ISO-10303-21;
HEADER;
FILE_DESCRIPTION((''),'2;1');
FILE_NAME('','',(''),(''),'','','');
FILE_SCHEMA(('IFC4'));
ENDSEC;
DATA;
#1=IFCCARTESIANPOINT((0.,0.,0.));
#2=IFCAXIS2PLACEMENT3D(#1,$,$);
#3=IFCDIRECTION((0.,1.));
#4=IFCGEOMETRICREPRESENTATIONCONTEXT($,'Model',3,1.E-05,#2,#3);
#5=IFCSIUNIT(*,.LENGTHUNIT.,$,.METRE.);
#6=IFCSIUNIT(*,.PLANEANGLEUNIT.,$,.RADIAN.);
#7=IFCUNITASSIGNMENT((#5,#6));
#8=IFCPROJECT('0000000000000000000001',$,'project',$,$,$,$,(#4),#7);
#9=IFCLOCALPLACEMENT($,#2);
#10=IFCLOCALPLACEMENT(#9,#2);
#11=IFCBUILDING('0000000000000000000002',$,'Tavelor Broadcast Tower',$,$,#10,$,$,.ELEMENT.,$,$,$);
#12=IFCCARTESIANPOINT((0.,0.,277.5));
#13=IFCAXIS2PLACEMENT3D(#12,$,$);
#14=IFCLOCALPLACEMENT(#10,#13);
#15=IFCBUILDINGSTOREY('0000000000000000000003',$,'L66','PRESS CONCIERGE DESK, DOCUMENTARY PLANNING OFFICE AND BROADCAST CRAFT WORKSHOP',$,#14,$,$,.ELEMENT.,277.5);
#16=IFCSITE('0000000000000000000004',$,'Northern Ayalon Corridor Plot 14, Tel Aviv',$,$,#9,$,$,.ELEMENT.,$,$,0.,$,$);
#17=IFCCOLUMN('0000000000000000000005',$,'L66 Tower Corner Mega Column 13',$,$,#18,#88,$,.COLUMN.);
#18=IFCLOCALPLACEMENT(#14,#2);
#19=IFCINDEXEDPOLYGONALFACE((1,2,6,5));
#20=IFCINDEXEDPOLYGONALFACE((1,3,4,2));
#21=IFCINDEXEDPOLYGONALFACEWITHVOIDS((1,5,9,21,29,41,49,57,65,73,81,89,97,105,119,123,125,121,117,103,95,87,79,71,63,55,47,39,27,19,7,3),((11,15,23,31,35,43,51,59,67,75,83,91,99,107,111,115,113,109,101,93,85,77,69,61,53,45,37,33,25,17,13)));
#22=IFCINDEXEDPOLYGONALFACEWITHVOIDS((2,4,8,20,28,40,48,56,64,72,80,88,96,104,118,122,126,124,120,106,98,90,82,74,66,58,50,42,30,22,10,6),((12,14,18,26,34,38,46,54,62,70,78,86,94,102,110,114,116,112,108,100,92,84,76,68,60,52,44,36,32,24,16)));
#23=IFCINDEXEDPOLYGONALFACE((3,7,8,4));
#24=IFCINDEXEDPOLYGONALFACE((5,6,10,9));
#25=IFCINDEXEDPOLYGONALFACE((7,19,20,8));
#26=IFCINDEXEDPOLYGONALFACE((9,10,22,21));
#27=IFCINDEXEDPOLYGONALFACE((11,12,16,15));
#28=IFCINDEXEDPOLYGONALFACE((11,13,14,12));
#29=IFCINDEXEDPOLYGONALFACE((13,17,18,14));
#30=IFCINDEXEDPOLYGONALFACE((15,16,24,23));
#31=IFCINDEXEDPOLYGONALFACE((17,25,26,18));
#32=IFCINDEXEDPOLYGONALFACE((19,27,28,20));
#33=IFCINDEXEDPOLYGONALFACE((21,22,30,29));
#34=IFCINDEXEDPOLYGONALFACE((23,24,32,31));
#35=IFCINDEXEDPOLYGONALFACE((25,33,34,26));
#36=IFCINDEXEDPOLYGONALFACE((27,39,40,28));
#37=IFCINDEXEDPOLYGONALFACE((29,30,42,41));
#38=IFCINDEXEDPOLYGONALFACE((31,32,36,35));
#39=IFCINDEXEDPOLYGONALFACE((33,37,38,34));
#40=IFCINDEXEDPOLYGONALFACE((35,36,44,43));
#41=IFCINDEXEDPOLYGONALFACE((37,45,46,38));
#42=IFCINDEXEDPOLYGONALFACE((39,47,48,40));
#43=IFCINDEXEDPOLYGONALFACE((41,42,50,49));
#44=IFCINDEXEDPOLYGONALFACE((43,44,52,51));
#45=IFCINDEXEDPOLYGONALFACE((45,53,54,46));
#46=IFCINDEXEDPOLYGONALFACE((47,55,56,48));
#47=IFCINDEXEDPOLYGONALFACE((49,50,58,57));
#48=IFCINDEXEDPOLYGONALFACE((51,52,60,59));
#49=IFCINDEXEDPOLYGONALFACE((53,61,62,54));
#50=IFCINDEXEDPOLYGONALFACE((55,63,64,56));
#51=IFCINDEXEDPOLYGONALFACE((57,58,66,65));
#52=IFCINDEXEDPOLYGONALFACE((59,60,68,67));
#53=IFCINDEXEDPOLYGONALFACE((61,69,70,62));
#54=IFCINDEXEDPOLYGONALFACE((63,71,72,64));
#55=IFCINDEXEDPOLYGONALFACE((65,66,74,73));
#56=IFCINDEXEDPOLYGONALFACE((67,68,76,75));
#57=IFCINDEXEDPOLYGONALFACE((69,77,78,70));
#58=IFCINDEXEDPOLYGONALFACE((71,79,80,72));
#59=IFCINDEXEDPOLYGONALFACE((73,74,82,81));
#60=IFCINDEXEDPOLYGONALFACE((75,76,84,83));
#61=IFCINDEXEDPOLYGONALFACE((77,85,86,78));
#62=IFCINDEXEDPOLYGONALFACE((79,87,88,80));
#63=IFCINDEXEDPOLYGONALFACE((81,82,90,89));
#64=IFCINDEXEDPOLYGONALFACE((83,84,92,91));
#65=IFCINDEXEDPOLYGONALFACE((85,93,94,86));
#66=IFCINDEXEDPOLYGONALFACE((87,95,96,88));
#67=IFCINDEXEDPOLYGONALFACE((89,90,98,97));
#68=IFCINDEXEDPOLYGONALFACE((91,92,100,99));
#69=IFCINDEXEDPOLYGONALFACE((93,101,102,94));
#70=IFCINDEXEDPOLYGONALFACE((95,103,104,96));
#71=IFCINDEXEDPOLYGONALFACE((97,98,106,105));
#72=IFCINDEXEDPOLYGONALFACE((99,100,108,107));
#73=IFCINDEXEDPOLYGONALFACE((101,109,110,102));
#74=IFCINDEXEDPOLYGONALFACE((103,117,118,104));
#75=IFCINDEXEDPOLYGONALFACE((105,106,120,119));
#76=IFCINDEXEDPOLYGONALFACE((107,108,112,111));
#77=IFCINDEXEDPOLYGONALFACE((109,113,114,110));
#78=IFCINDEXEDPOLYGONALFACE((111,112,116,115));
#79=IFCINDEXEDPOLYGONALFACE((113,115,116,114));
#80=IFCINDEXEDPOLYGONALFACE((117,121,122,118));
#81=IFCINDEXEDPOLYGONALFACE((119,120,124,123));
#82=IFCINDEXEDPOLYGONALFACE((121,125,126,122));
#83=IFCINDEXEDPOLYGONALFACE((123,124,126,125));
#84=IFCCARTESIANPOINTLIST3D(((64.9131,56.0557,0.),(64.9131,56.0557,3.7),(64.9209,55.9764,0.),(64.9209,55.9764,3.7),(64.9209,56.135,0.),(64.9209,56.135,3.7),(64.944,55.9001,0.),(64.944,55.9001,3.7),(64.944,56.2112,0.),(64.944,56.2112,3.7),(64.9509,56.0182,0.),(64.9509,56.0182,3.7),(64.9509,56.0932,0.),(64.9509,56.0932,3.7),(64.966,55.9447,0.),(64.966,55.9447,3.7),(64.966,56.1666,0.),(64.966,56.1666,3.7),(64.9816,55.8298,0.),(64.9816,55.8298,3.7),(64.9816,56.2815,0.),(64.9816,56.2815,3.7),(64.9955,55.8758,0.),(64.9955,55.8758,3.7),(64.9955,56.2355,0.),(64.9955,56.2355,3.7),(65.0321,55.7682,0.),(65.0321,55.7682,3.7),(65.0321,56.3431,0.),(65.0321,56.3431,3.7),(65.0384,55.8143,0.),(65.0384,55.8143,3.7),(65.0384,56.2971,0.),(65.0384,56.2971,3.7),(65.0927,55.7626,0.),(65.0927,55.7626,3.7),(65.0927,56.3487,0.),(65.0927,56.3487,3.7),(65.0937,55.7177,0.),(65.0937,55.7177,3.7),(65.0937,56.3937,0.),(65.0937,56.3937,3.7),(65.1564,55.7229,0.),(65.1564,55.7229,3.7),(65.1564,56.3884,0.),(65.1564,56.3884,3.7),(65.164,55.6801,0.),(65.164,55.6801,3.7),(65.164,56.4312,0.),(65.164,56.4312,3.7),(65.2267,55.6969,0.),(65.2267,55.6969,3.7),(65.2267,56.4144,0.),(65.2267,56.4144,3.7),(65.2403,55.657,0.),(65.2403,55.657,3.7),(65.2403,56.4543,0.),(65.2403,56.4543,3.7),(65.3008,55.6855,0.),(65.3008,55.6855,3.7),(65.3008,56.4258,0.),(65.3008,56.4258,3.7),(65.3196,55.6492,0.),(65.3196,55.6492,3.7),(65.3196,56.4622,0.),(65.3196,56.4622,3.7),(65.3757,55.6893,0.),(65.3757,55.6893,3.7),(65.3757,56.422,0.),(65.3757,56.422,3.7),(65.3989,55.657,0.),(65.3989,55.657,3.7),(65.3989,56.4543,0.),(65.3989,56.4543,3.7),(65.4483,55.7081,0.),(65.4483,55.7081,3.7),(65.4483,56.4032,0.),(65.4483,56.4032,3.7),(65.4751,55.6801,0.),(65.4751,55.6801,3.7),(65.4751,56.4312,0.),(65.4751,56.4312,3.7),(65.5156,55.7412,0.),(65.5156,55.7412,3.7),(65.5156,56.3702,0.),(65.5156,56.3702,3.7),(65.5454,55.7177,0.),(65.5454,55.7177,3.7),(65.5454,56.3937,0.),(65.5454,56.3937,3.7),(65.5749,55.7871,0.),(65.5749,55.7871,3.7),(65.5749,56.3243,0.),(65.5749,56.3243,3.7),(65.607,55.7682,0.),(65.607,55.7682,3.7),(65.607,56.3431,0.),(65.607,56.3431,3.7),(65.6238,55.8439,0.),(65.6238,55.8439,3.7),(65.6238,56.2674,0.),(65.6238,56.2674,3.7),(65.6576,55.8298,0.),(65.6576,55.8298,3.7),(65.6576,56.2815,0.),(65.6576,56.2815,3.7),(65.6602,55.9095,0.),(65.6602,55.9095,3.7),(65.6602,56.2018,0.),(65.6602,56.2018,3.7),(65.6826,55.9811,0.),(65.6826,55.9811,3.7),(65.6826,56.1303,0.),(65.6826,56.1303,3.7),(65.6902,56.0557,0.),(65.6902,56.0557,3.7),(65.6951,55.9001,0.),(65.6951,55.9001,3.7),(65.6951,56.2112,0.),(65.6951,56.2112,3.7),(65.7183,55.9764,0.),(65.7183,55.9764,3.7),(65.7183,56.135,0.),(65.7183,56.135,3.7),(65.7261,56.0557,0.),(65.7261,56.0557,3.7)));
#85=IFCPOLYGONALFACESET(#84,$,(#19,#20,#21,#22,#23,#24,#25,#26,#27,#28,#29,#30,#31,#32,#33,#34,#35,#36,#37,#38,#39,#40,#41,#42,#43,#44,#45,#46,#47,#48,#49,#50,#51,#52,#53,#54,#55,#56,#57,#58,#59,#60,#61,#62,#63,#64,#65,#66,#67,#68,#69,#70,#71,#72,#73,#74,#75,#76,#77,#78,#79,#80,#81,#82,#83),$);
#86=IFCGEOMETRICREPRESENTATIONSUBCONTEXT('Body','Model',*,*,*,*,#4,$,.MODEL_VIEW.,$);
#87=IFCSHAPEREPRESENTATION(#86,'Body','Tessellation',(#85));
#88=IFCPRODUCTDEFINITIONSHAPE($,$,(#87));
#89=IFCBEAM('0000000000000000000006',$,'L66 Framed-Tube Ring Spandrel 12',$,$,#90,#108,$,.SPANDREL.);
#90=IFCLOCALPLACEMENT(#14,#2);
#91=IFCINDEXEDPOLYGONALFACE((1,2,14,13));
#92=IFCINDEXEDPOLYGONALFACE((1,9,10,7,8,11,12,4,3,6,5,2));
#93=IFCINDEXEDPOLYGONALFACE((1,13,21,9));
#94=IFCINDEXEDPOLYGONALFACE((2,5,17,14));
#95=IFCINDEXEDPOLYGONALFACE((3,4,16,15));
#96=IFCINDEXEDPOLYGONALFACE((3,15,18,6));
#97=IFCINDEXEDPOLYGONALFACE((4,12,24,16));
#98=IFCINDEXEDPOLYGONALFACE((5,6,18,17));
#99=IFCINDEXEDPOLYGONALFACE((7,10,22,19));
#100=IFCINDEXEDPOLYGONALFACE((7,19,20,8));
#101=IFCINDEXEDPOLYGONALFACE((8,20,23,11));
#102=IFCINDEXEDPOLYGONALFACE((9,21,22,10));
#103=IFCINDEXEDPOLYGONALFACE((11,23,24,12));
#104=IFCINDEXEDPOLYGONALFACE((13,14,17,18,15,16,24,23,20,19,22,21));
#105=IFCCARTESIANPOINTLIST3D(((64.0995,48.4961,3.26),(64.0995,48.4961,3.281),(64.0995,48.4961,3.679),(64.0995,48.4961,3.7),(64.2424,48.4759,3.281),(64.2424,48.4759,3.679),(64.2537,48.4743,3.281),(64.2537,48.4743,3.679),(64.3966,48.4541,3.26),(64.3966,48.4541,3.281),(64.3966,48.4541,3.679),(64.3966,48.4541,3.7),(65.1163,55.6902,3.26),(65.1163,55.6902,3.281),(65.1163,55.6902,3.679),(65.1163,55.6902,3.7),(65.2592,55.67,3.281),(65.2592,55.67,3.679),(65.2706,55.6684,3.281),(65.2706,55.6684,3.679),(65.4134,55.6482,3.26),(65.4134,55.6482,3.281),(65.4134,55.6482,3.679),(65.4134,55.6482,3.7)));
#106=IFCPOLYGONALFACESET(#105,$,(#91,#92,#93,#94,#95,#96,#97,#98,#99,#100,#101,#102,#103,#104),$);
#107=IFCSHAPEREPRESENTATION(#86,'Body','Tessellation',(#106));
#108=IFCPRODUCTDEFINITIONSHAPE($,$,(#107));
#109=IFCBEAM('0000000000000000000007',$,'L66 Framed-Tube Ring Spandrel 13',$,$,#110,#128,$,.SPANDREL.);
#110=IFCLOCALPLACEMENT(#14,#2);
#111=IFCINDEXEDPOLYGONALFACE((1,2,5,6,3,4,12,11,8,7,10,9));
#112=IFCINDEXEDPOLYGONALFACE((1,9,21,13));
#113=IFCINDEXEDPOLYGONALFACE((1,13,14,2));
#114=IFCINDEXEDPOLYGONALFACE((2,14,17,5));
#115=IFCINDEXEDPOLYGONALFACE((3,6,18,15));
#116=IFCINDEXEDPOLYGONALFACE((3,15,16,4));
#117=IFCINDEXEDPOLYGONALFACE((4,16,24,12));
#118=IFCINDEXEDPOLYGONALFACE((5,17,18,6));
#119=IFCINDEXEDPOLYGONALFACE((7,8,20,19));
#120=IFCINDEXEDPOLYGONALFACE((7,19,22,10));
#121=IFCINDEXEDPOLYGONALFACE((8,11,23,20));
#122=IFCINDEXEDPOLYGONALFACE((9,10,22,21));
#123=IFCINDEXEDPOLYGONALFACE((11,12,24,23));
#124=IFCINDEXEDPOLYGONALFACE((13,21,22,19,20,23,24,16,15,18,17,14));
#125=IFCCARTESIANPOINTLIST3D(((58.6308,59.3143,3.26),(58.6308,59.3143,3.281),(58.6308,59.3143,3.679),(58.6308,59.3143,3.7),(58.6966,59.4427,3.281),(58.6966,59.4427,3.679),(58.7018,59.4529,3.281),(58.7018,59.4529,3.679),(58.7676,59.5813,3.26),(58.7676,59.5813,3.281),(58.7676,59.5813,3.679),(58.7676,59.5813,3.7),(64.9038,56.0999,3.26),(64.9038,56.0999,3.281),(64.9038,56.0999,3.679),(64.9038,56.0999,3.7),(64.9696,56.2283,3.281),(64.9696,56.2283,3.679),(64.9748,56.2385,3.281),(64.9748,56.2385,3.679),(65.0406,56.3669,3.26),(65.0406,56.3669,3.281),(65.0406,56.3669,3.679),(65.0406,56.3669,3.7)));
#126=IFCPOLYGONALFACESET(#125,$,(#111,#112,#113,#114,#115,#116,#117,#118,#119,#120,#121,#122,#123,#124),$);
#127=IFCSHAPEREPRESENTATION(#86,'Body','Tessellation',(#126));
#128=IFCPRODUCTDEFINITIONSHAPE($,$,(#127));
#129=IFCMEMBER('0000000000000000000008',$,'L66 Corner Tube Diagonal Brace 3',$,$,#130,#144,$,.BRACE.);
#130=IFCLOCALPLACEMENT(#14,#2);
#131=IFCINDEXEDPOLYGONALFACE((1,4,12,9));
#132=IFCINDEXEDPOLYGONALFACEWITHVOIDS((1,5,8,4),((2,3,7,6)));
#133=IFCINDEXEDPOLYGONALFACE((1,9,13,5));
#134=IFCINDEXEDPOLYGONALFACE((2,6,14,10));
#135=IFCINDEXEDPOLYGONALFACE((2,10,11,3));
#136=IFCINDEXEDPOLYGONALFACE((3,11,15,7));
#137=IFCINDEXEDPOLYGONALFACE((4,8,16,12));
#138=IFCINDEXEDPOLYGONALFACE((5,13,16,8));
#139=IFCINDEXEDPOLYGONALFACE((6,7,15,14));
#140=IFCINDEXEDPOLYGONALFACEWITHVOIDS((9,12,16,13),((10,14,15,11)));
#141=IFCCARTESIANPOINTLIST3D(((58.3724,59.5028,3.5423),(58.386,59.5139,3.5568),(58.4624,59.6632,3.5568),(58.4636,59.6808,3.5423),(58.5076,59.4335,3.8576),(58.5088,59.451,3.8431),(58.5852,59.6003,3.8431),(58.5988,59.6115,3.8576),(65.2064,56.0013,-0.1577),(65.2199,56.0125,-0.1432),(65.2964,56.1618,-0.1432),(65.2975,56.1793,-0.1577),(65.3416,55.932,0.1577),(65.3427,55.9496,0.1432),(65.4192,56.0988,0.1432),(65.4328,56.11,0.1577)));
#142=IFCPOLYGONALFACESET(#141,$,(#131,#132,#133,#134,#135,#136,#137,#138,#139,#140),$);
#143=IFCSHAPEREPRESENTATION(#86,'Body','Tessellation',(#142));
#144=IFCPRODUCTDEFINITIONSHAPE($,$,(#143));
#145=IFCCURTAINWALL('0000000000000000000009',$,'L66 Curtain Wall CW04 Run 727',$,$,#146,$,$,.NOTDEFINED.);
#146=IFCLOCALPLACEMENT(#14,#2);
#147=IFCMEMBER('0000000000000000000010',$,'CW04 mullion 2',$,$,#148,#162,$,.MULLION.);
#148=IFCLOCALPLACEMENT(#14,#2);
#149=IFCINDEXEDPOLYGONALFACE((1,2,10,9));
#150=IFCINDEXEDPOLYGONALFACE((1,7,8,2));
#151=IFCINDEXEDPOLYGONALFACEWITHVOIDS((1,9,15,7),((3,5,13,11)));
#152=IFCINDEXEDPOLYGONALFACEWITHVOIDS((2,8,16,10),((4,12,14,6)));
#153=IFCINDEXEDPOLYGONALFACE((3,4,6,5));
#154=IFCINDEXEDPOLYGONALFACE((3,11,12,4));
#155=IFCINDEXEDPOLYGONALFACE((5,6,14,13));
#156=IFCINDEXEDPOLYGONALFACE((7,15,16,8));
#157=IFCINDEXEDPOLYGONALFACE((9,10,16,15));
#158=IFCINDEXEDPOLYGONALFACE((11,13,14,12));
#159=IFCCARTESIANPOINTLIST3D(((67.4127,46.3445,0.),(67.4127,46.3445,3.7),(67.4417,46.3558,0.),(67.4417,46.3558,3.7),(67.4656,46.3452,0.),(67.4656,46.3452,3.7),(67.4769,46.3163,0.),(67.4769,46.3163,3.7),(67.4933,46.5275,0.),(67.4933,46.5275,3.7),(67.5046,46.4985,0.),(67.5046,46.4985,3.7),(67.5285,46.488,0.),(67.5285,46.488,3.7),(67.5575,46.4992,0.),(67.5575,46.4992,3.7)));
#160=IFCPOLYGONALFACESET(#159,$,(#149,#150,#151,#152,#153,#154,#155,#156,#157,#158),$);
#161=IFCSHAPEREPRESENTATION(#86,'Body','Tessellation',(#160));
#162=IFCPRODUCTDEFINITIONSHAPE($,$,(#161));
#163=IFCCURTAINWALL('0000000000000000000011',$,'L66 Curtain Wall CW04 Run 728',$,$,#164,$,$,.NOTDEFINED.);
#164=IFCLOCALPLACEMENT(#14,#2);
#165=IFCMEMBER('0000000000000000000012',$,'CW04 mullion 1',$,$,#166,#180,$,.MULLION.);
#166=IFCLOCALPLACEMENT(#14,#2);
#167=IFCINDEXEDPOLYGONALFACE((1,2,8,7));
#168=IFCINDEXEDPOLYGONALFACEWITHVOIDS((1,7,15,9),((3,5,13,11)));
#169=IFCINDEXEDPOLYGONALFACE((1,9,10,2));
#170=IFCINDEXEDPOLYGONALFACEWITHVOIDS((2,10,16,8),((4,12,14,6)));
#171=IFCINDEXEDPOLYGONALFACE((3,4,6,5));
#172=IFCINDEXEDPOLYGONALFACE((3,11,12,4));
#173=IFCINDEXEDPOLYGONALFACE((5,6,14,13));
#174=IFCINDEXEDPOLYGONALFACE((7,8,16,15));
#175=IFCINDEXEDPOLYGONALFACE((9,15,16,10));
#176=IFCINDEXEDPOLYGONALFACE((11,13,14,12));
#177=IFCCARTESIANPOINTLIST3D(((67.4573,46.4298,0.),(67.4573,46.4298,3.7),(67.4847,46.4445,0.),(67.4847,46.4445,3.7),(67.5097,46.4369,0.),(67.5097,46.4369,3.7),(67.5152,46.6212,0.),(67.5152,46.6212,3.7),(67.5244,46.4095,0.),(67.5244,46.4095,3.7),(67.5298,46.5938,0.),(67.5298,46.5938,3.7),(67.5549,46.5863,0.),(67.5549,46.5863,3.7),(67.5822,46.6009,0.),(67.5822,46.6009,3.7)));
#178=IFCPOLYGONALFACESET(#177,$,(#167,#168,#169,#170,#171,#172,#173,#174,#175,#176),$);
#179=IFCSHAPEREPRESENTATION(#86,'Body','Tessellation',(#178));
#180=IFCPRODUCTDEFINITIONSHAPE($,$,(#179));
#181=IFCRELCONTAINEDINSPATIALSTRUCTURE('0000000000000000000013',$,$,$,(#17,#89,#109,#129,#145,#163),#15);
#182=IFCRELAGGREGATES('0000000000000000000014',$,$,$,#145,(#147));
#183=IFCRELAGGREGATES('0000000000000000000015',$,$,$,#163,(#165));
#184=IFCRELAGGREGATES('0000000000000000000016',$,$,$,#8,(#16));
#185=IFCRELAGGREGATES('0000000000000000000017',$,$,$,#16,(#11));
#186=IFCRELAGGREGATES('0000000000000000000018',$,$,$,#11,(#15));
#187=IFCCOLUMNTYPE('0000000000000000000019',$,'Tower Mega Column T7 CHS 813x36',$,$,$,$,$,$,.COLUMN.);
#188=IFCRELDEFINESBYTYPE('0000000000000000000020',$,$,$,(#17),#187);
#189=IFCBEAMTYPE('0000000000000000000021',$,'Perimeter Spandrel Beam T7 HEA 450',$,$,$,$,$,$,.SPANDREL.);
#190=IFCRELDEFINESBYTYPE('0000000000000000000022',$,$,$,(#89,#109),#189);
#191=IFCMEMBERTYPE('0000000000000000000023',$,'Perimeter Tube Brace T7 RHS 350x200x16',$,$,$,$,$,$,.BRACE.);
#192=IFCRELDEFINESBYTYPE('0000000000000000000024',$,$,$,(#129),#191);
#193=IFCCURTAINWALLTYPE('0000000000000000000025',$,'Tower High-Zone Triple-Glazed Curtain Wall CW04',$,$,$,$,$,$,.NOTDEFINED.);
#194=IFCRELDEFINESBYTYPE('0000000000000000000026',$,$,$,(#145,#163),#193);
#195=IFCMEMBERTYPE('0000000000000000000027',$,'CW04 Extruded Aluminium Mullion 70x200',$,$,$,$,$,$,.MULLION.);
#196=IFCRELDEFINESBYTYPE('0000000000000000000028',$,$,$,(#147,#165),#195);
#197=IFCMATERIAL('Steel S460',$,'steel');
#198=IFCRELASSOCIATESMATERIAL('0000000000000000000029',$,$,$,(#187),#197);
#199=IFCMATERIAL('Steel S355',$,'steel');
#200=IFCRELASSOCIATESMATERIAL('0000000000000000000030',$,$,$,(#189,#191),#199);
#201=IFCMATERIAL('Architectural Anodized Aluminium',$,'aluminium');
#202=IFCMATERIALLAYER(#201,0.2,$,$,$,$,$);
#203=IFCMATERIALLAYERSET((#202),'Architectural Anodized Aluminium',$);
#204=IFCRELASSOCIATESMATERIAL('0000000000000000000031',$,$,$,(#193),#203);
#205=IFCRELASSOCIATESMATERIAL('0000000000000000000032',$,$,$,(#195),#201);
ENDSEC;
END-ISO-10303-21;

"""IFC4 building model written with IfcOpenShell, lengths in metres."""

from ifc_helpers import new_model, si_unit, direction, frame, origin, origin_2d, place, context, subcontext, project, spatial, hollow_rectangle, hollow_circle, i_section, extrude, source, transform, mapped, material, layer, layer_set, material_profile, profile_set, type_object, type_shapes, element, aggregate, save


model = new_model("IFC4")

# Units and contexts
model_context = context("Model", 3, precision=1e-05, world=origin(), true_north=direction((0.0, 1.0)))
body_context = subcontext(model_context, "Body", "Model", "MODEL_VIEW")
ifc_project = project(units=[si_unit("LENGTHUNIT", "METRE"), si_unit("PLANEANGLEUNIT", "RADIAN")], contexts=[model_context])

# Site, building, storey
site_placement = place(None, origin())
site = spatial("IfcSite", under=ifc_project, at=site_placement, Name="Northern Ayalon Corridor Plot 14, Tel Aviv", CompositionType="ELEMENT", RefElevation=0.0)
building_placement = place(site_placement, origin())
building = spatial("IfcBuilding", under=site, at=building_placement, Name="Tavelor Broadcast Tower", CompositionType="ELEMENT")
storey_placement = place(building_placement, frame((0.0, 0.0, 277.5)))
storey = spatial("IfcBuildingStorey", under=building, at=storey_placement, Name="L66", Description="PRESS CONCIERGE DESK, DOCUMENTARY PLANNING OFFICE AND BROADCAST CRAFT WORKSHOP", CompositionType="ELEMENT", Elevation=277.5)

# Column
ifc_material_1 = material(Name="Steel S460", Category="steel")
ifc_material_profile_1 = material_profile(ifc_material_1, hollow_circle(Radius=0.4065, WallThickness=0.0359, at=origin_2d()), Name="CHS 813x36")
ifc_profile_set_1 = profile_set([ifc_material_profile_1], Name="Steel S460")
column_type = type_object("IfcColumnType", Name="Tower Mega Column T7 CHS 813x36", PredefinedType="COLUMN", material=ifc_profile_set_1)
column_placement = place(storey_placement, frame((65.3196, 56.0557, 0.0), z_axis=(0.0, 0.0, 1.0), x_axis=(1.0, 0.0, 0.0)))
element("IfcColumn", 1, at=column_placement, inside=storey, type_object=column_type, Name="L66 Tower Corner Mega Column 13", PredefinedType="COLUMN", context=body_context, shape_type="SweptSolid", body=[
    extrude(hollow_circle(Radius=0.4065, WallThickness=0.0359, at=origin_2d()), origin(), (0.0, 0.0, 1.0), 3.7),
])

# Beams
ifc_material_2 = material(Name="Steel S355", Category="steel")
ifc_material_profile_2 = material_profile(ifc_material_2, i_section(OverallWidth=0.3, OverallDepth=0.4399, WebThickness=0.0115, FlangeThickness=0.021, at=origin_2d()), Name="HEA 450")
ifc_profile_set_2 = profile_set([ifc_material_profile_2], Name="Steel S355")
beam_type = type_object("IfcBeamType", Name="Perimeter Spandrel Beam T7 HEA 450", PredefinedType="SPANDREL", material=ifc_profile_set_2)
beam_1_placement = place(storey_placement, frame((64.248, 48.4751, 3.48), z_axis=(0.139953, 0.990158, 0.0), x_axis=(-0.990158, 0.139953, 0.0)))
element("IfcBeam", 2, at=beam_1_placement, inside=storey, type_object=beam_type, Name="L66 Framed-Tube Ring Spandrel 12", PredefinedType="SPANDREL", context=body_context, shape_type="SweptSolid", body=[
    extrude(i_section(OverallWidth=0.3, OverallDepth=0.4399, WebThickness=0.0115, FlangeThickness=0.021, at=origin_2d()), origin(), (0.0, 0.0, 1.0), 7.2656),
])
beam_2_placement = place(storey_placement, frame((64.9722, 56.2334, 3.48), z_axis=(-0.889964, 0.456031, 0.0), x_axis=(-0.456031, -0.889964, 0.0)))
element("IfcBeam", 3, at=beam_2_placement, inside=storey, type_object=beam_type, Name="L66 Framed-Tube Ring Spandrel 13", PredefinedType="SPANDREL", context=body_context, shape_type="SweptSolid", body=[
    extrude(i_section(OverallWidth=0.3, OverallDepth=0.4399, WebThickness=0.0115, FlangeThickness=0.021, at=origin_2d()), origin(), (0.0, 0.0, 1.0), 7.0486),
])

# Member
ifc_material_profile_3 = material_profile(ifc_material_2, hollow_rectangle(XDim=0.2, YDim=0.3501, WallThickness=0.0161, at=origin_2d()), Name="RHS 350x200x16")
ifc_profile_set_3 = profile_set([ifc_material_profile_3], Name="Steel S355")
member_type_1 = type_object("IfcMemberType", Name="Perimeter Tube Brace T7 RHS 350x200x16", PredefinedType="BRACE", material=ifc_profile_set_3)
member_1_placement = place(storey_placement, frame((65.3196, 56.0557, 0.0), z_axis=(-0.801764, 0.410792, 0.434079), x_axis=(-0.455993, -0.889984, 0.0)))
element("IfcMember", 4, at=member_1_placement, inside=storey, type_object=member_type_1, Name="L66 Corner Tube Diagonal Brace 3", PredefinedType="BRACE", context=body_context, shape_type="SweptSolid", body=[
    extrude(hollow_rectangle(XDim=0.2, YDim=0.3501, WallThickness=0.0161, at=origin_2d()), origin(), (0.0, 0.0, 1.0), 8.5237),
])

# Curtain wall, member
ifc_material_3 = material(Name="Architectural Anodized Aluminium", Category="aluminium")
ifc_layer_1 = layer(ifc_material_3, 0.2)
ifc_layer_set_1 = layer_set([ifc_layer_1], Name="Architectural Anodized Aluminium")
curtain_wall_type = type_object("IfcCurtainWallType", Name="Tower High-Zone Triple-Glazed Curtain Wall CW04", PredefinedType="NOTDEFINED", material=ifc_layer_set_1)
curtain_wall_1_placement = place(storey_placement, origin())
curtain_wall_1 = element("IfcCurtainWall", 5, at=curtain_wall_1_placement, inside=storey, type_object=curtain_wall_type, Name="L66 Curtain Wall CW04 Run 727", PredefinedType="NOTDEFINED")
ifc_material_profile_4 = material_profile(ifc_material_3, hollow_rectangle(XDim=0.0701, YDim=0.2, WallThickness=0.022, at=origin_2d()), Name="RHS 70x200x22")
ifc_profile_set_4 = profile_set([ifc_material_profile_4], Name="Architectural Anodized Aluminium")
member_type_2 = type_object("IfcMemberType", Name="CW04 Extruded Aluminium Mullion 70x200", PredefinedType="MULLION", material=ifc_profile_set_4)
shared_shape_1 = source(origin(), body_context, "Body", "SweptSolid", [
    extrude(hollow_rectangle(XDim=0.0701, YDim=0.2, WallThickness=0.022, at=origin_2d()), origin(), (0.0, 0.0, 1.0), 3.7),
])
type_shapes(member_type_2, [shared_shape_1])
member_2_placement = place(storey_placement, frame((67.4851, 46.4219, 0.0), z_axis=(0.0, 0.0, 1.0), x_axis=(-0.915144, 0.403126, 0.0)))
member_2 = element("IfcMember", 6, at=member_2_placement, type_object=member_type_2, Name="CW04 mullion 2", PredefinedType="MULLION", context=body_context, shape_type="MappedRepresentation", body=[
    mapped(shared_shape_1, transform((0.0, 0.0, 0.0), scale=1.0)),
])
aggregate(curtain_wall_1, [member_2])

# Curtain wall, member
curtain_wall_2_placement = place(storey_placement, origin())
curtain_wall_2 = element("IfcCurtainWall", 7, at=curtain_wall_2_placement, inside=storey, type_object=curtain_wall_type, Name="L66 Curtain Wall CW04 Run 728", PredefinedType="NOTDEFINED")
member_3_placement = place(storey_placement, frame((67.5198, 46.5154, 0.0), z_axis=(0.0, 0.0, 1.0), x_axis=(-0.957201, 0.289423, 0.0)))
member_3 = element("IfcMember", 8, at=member_3_placement, type_object=member_type_2, Name="CW04 mullion 1", PredefinedType="MULLION", context=body_context, shape_type="MappedRepresentation", body=[
    mapped(shared_shape_1, transform((0.0, 0.0, 0.0), scale=1.0)),
])

aggregate(curtain_wall_2, [member_3])

save(model, "model.ifc")
